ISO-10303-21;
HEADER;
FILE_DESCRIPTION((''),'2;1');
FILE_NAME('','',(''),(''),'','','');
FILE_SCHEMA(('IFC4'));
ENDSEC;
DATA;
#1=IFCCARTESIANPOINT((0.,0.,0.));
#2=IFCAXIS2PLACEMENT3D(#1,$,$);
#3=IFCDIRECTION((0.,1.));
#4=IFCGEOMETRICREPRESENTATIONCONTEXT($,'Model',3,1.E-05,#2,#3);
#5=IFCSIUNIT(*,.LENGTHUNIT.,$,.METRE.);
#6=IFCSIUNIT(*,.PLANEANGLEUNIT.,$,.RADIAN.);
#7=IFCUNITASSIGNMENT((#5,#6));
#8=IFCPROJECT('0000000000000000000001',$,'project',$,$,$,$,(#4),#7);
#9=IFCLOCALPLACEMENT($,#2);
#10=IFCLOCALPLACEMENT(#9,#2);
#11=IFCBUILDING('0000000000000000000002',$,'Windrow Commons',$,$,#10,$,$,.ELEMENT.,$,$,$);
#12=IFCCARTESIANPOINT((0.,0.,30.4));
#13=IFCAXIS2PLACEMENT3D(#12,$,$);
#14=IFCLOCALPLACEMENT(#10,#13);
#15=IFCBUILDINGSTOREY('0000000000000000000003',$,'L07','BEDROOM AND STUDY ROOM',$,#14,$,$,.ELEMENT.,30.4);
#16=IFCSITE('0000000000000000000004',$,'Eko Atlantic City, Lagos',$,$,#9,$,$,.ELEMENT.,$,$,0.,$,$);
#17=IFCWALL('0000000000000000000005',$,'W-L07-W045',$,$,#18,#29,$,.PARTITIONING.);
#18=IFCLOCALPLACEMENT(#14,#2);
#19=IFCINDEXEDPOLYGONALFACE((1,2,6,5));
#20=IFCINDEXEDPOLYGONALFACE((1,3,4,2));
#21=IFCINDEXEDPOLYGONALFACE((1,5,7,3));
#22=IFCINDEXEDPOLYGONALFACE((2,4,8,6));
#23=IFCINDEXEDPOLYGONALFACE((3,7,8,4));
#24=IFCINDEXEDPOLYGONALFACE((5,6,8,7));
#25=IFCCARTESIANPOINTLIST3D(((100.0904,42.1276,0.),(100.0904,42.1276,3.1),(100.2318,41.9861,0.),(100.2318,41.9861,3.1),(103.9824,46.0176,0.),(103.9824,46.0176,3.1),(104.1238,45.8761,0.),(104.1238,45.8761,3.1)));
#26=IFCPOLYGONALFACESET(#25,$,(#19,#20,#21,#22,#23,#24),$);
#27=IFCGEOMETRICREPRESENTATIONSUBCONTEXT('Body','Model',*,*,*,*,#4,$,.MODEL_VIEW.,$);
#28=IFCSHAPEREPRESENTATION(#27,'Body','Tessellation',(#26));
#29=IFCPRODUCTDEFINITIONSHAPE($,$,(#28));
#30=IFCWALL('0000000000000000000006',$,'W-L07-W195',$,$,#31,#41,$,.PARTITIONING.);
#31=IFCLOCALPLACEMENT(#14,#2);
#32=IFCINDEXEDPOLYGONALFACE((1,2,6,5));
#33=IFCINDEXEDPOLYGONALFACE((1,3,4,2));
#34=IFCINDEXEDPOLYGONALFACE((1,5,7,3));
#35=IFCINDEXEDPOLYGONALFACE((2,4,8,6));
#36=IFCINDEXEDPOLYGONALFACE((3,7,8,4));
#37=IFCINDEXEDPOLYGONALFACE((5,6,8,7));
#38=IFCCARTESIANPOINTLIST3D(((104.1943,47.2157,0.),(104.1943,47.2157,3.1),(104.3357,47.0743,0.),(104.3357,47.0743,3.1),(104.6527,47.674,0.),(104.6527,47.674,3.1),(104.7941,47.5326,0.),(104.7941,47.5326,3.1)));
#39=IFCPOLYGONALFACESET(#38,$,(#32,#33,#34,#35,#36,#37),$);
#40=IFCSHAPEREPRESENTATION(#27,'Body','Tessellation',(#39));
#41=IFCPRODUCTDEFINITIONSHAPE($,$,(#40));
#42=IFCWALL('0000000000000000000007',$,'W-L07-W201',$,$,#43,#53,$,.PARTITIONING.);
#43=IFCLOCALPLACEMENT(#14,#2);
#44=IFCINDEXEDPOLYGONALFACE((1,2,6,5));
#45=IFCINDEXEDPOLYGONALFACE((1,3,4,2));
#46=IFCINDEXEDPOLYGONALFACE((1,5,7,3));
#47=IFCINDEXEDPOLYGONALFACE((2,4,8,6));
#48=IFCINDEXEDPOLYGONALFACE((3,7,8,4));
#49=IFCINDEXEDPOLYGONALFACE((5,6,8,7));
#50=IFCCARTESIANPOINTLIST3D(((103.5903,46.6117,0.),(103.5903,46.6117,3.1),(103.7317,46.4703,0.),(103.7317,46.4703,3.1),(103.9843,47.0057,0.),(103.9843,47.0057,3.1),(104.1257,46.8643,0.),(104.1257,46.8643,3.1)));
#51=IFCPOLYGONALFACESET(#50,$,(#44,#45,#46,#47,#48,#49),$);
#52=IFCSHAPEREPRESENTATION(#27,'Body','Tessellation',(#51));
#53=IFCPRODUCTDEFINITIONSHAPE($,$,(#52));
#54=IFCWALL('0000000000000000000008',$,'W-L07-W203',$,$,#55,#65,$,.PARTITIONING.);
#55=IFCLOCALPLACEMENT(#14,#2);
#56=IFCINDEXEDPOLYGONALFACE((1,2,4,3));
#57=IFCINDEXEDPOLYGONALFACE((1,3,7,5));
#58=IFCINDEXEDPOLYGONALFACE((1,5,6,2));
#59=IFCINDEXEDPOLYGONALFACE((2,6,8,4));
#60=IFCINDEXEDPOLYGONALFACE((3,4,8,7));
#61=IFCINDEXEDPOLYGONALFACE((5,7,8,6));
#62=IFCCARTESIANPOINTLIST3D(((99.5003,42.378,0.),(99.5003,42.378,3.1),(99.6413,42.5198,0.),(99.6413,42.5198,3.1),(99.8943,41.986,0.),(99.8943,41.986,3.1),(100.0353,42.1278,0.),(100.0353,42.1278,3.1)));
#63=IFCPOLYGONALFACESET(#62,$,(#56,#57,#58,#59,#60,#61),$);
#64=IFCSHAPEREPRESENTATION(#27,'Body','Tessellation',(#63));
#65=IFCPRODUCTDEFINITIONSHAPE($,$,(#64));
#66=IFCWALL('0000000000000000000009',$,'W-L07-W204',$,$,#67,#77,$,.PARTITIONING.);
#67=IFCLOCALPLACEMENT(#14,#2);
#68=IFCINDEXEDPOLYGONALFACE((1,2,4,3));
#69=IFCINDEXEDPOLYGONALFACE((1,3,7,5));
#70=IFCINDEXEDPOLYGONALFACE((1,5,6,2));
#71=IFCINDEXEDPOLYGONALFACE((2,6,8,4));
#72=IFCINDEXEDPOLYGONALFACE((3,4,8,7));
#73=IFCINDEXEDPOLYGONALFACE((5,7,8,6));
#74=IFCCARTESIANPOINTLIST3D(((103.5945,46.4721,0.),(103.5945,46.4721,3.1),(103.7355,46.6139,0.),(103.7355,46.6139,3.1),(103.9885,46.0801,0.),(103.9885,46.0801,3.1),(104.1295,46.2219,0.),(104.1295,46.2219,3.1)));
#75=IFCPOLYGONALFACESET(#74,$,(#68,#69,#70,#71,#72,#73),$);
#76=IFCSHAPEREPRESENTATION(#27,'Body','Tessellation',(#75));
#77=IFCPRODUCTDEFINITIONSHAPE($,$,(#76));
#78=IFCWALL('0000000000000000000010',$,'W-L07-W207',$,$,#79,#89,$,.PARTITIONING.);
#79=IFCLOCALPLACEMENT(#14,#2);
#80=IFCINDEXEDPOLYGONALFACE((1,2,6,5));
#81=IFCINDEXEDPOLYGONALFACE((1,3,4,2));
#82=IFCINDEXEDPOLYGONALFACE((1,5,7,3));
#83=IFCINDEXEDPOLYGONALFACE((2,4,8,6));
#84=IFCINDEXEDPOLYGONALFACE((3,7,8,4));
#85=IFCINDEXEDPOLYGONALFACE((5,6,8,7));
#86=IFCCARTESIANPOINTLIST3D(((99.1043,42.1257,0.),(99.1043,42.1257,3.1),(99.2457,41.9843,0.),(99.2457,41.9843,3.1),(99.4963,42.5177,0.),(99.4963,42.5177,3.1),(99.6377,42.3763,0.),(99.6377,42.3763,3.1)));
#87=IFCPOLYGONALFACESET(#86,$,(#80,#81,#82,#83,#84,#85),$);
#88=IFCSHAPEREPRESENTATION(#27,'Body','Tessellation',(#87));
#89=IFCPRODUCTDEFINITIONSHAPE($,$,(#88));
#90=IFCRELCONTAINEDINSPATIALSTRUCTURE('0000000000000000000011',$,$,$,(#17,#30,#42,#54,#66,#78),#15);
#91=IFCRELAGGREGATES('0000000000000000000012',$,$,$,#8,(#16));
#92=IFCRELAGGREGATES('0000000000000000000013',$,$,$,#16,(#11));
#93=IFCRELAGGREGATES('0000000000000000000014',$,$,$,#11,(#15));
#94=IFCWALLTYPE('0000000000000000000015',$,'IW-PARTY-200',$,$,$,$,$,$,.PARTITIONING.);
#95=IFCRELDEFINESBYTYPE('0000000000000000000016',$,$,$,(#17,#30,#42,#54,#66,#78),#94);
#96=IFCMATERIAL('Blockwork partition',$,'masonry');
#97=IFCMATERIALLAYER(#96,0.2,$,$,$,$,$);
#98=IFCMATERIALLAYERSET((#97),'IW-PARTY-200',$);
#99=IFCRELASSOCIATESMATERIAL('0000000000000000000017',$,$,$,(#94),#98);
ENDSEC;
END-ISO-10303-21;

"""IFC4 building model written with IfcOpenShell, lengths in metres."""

from ifc_helpers import new_model, si_unit, direction, frame, frame_2d, origin, place, context, subcontext, project, spatial, rectangle, extrude, material, layer, layer_set, type_object, element, save


model = new_model("IFC4")

# Units and contexts
model_context = context("Model", 3, precision=1e-05, world=origin(), true_north=direction((0.0, 1.0)))
body_context = subcontext(model_context, "Body", "Model", "MODEL_VIEW")
ifc_project = project(units=[si_unit("LENGTHUNIT", "METRE"), si_unit("PLANEANGLEUNIT", "RADIAN")], contexts=[model_context])

# Site, building, storey
site_placement = place(None, origin())
site = spatial("IfcSite", under=ifc_project, at=site_placement, Name="Eko Atlantic City, Lagos", CompositionType="ELEMENT", RefElevation=0.0)
building_placement = place(site_placement, origin())
building = spatial("IfcBuilding", under=site, at=building_placement, Name="Windrow Commons", CompositionType="ELEMENT")
storey_placement = place(building_placement, frame((0.0, 0.0, 30.4)))
storey = spatial("IfcBuildingStorey", under=building, at=storey_placement, Name="L07", Description="BEDROOM AND STUDY ROOM", CompositionType="ELEMENT", Elevation=30.4)

# Walls
ifc_material_1 = material(Name="Blockwork partition", Category="masonry")
ifc_layer_1 = layer(ifc_material_1, 0.2)
ifc_layer_set_1 = layer_set([ifc_layer_1], Name="IW-PARTY-200")
wall_type_1 = type_object("IfcWallType", Name="IW-PARTY-200", PredefinedType="PARTITIONING", material=ifc_layer_set_1)
wall_1_placement = place(storey_placement, frame((100.1611, 42.0569, 0.0), z_axis=(0.0, 0.0, 1.0), x_axis=(0.707288, 0.706925, 0.0)))
element("IfcWall", 1, at=wall_1_placement, inside=storey, type_object=wall_type_1, Name="W-L07-W045", PredefinedType="PARTITIONING", context=body_context, shape_type="SweptSolid", body=[
    extrude(rectangle(XDim=5.5027, YDim=0.2, at=frame_2d((2.7513, 0.0))), origin(), (0.0, 0.0, 1.0), 3.1),
])
wall_2_placement = place(storey_placement, frame((104.265, 47.145, 0.0), z_axis=(0.0, 0.0, 1.0), x_axis=(0.707184, 0.70703, 0.0)))
element("IfcWall", 2, at=wall_2_placement, inside=storey, type_object=wall_type_1, Name="W-L07-W195", PredefinedType="PARTITIONING", context=body_context, shape_type="SweptSolid", body=[
    extrude(rectangle(XDim=0.6482, YDim=0.2, at=frame_2d((0.3241, 0.0))), origin(), (0.0, 0.0, 1.0), 3.1),
])
wall_3_placement = place(storey_placement, frame((103.661, 46.541, 0.0), z_axis=(0.0, 0.0, 1.0), x_axis=(0.707107, 0.707107, 0.0)))
element("IfcWall", 3, at=wall_3_placement, inside=storey, type_object=wall_type_1, Name="W-L07-W201", PredefinedType="PARTITIONING", context=body_context, shape_type="SweptSolid", body=[
    extrude(rectangle(XDim=0.5572, YDim=0.2, at=frame_2d((0.2786, 0.0))), origin(), (0.0, 0.0, 1.0), 3.1),
])
for number, where, z_axis, x_axis, name in (
    (4, (99.5708, 42.4489, 0.0), (0.0, 0.0, 1.0), (0.708904, -0.705305, 0.0), "W-L07-W203"),
    (5, (103.665, 46.543, 0.0), (0.0, 0.0, 1.0), (0.708904, -0.705305, 0.0), "W-L07-W204"),
):
    element("IfcWall", number, at=place(storey_placement, frame(where, z_axis=z_axis, x_axis=x_axis)), inside=storey, type_object=wall_type_1, Name=name, PredefinedType="PARTITIONING", context=body_context, shape_type="SweptSolid", body=[
        extrude(rectangle(XDim=0.5558, YDim=0.2, at=frame_2d((0.2779, 0.0))), origin(), (0.0, 0.0, 1.0), 3.1),
    ])
wall_4_placement = place(storey_placement, frame((99.175, 42.055, 0.0), z_axis=(0.0, 0.0, 1.0), x_axis=(0.707107, 0.707107, 0.0)))
element("IfcWall", 6, at=wall_4_placement, inside=storey, type_object=wall_type_1, Name="W-L07-W207", PredefinedType="PARTITIONING", context=body_context, shape_type="SweptSolid", body=[
    extrude(rectangle(XDim=0.5544, YDim=0.2, at=frame_2d((0.2772, 0.0))), origin(), (0.0, 0.0, 1.0), 3.1),
])

save(model, "model.ifc")
